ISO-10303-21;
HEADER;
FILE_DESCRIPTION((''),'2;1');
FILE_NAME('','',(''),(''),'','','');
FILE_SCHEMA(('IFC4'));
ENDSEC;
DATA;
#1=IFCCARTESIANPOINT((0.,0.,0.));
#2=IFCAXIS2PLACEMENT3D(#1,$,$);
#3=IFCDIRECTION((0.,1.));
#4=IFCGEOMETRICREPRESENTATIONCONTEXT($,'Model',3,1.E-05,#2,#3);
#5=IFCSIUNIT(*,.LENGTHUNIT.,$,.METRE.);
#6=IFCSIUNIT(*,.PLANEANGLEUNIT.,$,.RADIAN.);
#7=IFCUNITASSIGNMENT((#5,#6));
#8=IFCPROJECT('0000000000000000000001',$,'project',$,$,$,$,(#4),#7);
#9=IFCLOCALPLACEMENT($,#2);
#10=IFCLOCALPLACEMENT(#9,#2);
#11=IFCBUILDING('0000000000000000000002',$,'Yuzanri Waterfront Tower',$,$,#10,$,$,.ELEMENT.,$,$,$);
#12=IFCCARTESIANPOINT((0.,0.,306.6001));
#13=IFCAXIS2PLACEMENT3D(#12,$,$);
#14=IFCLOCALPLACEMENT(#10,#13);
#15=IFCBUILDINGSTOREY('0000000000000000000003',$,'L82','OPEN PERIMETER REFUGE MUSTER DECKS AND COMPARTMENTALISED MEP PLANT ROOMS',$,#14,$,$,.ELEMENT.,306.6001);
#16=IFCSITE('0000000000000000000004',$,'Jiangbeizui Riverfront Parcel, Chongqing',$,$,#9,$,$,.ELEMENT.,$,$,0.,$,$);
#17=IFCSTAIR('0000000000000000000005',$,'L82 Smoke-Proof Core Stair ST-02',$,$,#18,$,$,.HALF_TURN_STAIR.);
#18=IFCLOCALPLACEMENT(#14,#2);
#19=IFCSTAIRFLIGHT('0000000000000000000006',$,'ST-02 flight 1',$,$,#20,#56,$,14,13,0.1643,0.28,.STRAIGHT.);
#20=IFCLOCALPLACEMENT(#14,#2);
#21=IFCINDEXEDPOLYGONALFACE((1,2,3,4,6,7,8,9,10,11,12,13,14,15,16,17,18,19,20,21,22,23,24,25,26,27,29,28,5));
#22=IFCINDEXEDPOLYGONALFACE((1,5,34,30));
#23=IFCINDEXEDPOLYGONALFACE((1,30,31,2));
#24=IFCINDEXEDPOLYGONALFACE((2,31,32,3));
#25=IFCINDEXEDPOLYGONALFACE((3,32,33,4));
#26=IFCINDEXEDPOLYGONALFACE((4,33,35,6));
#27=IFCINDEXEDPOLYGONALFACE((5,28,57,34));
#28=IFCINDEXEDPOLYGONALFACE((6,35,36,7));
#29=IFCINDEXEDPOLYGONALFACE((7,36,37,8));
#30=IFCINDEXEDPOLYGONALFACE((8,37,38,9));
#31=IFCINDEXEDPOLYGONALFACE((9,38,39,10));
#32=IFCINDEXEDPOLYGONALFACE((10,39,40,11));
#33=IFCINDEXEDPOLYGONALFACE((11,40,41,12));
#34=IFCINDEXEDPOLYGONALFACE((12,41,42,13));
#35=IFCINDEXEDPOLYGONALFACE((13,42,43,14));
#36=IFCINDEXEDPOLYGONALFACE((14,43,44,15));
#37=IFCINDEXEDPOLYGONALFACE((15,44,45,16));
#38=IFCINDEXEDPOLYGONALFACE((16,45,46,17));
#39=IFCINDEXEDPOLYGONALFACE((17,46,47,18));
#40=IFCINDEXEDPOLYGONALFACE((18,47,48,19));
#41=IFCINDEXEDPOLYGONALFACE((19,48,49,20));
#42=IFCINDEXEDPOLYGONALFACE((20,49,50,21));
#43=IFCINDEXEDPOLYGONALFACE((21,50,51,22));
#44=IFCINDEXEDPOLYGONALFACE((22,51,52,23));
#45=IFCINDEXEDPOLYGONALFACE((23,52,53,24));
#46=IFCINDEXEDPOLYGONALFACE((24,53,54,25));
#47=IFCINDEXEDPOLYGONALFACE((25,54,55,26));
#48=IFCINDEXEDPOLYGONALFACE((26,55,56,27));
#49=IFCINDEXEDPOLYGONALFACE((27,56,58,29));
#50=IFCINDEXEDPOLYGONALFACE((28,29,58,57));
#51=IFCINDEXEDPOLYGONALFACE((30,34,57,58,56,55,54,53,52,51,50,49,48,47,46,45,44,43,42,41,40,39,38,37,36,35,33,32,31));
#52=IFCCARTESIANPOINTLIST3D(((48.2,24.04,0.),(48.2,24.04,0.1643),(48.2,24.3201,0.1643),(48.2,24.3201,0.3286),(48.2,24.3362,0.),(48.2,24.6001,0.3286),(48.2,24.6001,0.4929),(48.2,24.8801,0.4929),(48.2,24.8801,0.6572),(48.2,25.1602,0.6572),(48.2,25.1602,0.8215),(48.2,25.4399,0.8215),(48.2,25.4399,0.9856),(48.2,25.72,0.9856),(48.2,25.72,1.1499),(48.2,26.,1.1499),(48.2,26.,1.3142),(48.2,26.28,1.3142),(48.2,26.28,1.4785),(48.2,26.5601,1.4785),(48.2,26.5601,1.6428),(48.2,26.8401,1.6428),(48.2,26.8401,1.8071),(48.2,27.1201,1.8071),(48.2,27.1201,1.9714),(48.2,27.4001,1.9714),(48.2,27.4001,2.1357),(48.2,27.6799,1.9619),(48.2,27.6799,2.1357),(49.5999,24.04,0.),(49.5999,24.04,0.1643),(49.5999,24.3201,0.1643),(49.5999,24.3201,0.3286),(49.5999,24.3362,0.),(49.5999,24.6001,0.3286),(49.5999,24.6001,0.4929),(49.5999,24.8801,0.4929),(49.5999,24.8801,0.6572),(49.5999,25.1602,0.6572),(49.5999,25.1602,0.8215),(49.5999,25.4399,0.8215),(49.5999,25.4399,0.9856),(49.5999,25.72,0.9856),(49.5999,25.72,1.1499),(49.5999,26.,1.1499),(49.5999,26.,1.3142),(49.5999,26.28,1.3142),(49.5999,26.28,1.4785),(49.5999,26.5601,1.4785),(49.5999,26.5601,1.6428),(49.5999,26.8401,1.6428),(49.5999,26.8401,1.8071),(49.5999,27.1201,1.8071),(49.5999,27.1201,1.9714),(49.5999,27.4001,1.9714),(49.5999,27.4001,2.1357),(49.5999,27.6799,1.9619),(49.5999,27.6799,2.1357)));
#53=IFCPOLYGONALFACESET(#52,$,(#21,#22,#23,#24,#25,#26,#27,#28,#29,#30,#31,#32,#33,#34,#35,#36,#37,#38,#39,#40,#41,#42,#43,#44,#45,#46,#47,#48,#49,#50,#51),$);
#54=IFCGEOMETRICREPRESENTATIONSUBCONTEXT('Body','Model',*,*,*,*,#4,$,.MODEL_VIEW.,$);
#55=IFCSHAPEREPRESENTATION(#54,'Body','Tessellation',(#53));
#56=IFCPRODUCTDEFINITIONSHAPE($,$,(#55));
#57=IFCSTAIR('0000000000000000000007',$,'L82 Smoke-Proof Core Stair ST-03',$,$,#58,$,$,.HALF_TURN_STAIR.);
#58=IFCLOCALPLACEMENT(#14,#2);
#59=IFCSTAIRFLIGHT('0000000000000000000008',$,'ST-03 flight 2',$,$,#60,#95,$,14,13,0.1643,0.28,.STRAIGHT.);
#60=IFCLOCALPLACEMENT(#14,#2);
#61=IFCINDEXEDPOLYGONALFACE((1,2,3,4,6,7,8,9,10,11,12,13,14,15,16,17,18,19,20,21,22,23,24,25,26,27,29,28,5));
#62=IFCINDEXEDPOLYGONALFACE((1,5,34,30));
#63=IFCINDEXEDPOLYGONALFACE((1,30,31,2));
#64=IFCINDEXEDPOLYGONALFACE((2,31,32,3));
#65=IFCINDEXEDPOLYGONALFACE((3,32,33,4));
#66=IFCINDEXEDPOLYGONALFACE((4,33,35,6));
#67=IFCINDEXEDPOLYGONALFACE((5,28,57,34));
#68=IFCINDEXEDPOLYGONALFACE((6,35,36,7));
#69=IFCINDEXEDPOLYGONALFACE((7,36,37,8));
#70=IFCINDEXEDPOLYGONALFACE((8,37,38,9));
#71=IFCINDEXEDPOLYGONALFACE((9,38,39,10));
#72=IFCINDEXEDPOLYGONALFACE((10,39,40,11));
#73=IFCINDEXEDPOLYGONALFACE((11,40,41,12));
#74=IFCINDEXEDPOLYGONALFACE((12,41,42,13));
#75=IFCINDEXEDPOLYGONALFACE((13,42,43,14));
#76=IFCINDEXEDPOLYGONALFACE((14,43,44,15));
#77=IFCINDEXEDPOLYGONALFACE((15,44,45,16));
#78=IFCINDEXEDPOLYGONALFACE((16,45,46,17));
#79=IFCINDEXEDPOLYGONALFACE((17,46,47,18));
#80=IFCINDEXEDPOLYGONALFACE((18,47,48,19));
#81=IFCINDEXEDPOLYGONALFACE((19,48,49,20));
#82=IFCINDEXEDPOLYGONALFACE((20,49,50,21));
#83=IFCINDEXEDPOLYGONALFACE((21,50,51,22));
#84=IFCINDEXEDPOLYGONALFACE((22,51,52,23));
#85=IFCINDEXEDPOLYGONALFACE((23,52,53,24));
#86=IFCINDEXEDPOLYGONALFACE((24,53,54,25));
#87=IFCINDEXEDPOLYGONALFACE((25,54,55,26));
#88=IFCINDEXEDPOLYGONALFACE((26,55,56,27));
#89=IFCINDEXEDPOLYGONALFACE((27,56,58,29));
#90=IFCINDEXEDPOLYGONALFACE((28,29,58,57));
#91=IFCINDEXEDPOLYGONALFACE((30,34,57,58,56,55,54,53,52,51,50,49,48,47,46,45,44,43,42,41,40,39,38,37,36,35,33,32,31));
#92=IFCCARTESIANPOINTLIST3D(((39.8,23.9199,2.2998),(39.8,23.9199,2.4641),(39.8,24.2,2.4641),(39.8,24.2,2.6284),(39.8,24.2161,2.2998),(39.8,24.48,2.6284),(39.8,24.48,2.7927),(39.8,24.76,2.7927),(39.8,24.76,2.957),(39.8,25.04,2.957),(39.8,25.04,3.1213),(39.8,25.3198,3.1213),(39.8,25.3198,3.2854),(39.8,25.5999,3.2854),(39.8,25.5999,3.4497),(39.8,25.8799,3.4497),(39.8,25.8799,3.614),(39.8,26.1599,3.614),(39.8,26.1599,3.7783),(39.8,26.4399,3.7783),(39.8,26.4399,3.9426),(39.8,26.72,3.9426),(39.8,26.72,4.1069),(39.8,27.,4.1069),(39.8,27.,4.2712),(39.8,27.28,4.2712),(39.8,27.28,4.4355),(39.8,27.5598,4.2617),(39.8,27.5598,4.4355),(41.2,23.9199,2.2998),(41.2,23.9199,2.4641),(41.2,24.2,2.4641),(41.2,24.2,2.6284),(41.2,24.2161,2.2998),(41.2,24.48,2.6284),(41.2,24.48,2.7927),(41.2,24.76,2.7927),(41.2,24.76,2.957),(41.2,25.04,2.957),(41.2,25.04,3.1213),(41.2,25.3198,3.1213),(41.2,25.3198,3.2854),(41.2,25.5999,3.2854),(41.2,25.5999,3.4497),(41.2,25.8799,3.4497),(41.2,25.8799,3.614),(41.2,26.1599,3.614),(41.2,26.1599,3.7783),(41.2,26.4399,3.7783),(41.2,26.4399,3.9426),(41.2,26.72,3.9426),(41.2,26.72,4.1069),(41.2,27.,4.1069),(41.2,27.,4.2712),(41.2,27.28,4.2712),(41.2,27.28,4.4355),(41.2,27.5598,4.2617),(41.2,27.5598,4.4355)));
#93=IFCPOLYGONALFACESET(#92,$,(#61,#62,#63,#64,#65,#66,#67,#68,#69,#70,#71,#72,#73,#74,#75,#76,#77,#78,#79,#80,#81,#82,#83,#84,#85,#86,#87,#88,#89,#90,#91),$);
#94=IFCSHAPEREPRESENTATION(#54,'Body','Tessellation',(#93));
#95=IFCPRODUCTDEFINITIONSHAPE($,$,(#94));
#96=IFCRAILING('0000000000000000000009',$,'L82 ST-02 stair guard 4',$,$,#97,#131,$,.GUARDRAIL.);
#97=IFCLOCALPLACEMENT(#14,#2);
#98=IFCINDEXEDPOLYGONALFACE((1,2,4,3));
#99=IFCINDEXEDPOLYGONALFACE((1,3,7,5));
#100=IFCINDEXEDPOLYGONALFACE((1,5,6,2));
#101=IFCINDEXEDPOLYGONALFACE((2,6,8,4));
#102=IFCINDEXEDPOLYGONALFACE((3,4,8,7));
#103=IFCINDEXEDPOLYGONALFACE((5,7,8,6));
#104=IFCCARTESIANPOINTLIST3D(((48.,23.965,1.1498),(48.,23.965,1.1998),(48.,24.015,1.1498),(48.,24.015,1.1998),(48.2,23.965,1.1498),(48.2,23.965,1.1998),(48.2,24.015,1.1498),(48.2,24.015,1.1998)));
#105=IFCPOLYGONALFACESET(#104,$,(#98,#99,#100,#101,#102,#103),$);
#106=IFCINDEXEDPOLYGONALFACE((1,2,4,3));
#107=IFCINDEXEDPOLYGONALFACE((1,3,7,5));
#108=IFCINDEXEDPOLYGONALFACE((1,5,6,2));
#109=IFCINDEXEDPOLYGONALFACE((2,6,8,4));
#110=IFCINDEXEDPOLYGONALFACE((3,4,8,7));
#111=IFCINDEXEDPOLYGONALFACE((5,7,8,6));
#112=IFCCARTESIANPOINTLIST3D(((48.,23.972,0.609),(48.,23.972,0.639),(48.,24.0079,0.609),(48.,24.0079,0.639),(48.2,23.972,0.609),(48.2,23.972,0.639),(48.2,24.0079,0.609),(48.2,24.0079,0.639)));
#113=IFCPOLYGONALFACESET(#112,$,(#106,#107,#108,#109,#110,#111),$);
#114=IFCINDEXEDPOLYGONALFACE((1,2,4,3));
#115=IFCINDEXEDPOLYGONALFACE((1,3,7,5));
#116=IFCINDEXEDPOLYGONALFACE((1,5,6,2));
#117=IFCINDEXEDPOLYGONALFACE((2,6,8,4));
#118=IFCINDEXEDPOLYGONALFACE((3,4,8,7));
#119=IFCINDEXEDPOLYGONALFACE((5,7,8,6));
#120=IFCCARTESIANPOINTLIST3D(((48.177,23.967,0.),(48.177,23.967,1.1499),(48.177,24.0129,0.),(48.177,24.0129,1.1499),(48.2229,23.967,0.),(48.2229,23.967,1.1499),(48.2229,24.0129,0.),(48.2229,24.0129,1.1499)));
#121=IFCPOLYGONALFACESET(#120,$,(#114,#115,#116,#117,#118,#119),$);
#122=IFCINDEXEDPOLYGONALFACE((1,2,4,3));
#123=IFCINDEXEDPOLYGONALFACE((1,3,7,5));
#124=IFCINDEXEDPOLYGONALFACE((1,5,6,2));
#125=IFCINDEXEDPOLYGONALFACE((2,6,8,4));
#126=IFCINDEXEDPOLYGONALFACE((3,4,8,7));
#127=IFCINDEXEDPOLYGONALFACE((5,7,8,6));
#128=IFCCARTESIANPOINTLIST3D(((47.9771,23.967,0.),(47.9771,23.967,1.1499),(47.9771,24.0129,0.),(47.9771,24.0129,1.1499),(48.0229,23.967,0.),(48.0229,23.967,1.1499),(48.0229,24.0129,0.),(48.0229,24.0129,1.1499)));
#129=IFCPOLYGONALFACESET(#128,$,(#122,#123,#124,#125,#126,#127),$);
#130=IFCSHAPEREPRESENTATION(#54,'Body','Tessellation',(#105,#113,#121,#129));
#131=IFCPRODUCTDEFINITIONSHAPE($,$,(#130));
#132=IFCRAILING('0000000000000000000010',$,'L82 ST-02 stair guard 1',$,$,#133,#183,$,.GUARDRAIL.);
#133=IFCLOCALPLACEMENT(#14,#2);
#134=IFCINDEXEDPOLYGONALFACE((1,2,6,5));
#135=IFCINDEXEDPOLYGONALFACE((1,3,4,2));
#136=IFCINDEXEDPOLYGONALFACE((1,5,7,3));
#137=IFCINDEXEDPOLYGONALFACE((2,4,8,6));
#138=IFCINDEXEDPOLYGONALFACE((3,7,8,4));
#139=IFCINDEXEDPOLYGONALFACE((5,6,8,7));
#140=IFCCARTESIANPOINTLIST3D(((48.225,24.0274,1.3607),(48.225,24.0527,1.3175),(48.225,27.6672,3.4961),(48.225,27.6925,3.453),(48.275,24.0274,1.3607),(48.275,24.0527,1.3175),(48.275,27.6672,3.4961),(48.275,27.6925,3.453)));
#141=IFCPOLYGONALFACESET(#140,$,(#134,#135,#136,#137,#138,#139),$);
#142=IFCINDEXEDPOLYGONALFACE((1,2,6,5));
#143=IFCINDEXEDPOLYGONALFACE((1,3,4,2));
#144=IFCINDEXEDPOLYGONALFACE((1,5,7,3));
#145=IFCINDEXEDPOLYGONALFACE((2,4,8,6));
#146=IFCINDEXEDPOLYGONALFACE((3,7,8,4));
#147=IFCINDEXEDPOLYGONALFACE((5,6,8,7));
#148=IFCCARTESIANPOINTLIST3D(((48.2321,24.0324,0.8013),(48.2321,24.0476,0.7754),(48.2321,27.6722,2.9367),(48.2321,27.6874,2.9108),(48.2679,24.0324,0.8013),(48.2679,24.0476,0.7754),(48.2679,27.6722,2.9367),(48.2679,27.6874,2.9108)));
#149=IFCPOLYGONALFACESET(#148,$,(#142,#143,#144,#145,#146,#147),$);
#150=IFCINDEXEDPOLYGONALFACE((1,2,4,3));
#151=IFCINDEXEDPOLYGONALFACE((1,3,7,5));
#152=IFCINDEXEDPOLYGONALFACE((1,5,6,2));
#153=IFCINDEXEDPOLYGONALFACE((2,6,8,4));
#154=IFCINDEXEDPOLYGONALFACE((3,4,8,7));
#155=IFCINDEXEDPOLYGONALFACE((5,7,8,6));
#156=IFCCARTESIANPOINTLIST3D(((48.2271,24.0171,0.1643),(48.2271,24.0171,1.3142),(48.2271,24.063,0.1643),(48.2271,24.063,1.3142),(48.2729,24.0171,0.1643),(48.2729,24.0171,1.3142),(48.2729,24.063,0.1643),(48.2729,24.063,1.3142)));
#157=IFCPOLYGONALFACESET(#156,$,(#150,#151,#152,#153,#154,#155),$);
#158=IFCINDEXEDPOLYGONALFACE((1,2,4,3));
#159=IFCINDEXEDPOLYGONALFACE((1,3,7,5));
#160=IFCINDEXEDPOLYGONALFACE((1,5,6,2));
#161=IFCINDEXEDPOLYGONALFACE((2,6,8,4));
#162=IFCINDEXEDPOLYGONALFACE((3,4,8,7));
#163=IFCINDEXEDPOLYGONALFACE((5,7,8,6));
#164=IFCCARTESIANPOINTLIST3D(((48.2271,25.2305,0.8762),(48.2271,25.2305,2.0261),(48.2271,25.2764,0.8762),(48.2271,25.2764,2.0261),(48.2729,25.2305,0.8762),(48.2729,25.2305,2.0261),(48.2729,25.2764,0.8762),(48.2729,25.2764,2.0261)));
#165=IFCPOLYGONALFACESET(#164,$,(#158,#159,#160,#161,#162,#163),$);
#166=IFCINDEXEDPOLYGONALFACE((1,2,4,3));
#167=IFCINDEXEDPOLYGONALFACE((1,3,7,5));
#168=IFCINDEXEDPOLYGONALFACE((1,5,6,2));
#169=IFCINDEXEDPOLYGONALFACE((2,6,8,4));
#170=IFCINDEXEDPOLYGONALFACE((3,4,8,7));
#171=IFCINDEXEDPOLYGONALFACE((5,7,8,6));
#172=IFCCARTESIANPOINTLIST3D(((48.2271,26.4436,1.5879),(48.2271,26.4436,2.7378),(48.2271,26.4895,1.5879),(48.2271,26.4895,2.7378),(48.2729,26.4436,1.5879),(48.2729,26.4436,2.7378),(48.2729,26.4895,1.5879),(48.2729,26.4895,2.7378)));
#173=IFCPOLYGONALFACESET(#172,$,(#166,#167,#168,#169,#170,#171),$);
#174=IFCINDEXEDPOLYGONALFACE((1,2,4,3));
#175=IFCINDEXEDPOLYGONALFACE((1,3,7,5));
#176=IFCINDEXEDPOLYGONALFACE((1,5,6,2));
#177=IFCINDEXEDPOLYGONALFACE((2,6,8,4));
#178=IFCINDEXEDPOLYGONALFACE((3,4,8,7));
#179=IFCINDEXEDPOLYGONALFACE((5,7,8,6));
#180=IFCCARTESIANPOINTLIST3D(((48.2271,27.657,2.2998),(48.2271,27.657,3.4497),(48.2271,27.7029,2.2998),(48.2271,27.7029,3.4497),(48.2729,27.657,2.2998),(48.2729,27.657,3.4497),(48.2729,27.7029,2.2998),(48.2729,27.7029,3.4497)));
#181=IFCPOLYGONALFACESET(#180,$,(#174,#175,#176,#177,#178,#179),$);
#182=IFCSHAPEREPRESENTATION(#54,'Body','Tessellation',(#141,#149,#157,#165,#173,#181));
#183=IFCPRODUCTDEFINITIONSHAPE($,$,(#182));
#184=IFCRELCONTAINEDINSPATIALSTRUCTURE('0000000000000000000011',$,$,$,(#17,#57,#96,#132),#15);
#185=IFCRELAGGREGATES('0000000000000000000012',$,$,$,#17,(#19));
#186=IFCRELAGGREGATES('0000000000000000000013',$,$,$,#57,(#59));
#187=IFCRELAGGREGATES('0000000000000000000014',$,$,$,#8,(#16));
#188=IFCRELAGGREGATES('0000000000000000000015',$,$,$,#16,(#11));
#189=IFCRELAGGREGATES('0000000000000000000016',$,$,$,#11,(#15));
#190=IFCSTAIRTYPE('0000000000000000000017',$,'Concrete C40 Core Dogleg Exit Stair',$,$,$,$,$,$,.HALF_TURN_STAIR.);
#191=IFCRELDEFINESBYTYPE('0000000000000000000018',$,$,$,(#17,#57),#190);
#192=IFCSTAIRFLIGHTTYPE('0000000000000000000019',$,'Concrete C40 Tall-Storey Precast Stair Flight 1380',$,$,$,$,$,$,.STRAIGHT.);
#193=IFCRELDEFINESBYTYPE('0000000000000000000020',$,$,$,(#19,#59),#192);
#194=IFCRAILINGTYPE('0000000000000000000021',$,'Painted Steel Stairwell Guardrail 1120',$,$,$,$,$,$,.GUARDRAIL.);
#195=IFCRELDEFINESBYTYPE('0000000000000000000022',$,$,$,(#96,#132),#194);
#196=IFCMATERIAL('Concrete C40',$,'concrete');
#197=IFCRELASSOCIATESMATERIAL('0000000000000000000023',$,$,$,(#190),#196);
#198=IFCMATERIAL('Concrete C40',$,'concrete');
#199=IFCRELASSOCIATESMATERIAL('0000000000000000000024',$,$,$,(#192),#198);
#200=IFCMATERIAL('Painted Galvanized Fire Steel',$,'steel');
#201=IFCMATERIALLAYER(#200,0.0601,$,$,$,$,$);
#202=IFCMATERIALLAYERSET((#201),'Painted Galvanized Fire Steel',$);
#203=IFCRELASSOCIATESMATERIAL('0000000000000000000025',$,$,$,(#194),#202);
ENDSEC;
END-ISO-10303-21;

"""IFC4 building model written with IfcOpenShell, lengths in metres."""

from ifc_helpers import new_model, si_unit, direction, frame, origin, origin_2d, place, context, subcontext, project, spatial, polyline, rectangle, outline, extrude, source, transform, mapped, material, layer, layer_set, type_object, element, aggregate, save


model = new_model("IFC4")

# Units and contexts
model_context = context("Model", 3, precision=1e-05, world=origin(), true_north=direction((0.0, 1.0)))
body_context = subcontext(model_context, "Body", "Model", "MODEL_VIEW")
ifc_project = project(units=[si_unit("LENGTHUNIT", "METRE"), si_unit("PLANEANGLEUNIT", "RADIAN")], contexts=[model_context])

# Site, building, storey
site_placement = place(None, origin())
site = spatial("IfcSite", under=ifc_project, at=site_placement, Name="Jiangbeizui Riverfront Parcel, Chongqing", CompositionType="ELEMENT", RefElevation=0.0)
building_placement = place(site_placement, origin())
building = spatial("IfcBuilding", under=site, at=building_placement, Name="Yuzanri Waterfront Tower", CompositionType="ELEMENT")
storey_placement = place(building_placement, frame((0.0, 0.0, 306.6001)))
storey = spatial("IfcBuildingStorey", under=building, at=storey_placement, Name="L82", Description="OPEN PERIMETER REFUGE MUSTER DECKS AND COMPARTMENTALISED MEP PLANT ROOMS", CompositionType="ELEMENT", Elevation=306.6001)

# Stairs, stair flights
ifc_material_1 = material(Name="Concrete C40", Category="concrete")
stair_type = type_object("IfcStairType", Name="Concrete C40 Core Dogleg Exit Stair", PredefinedType="HALF_TURN_STAIR", material=ifc_material_1)
stair_1_placement = place(storey_placement, origin())
stair_1 = element("IfcStair", 1, at=stair_1_placement, inside=storey, type_object=stair_type, Name="L82 Smoke-Proof Core Stair ST-02", PredefinedType="HALF_TURN_STAIR")
ifc_material_2 = material(Name="Concrete C40", Category="concrete")
stair_flight_type = type_object("IfcStairFlightType", Name="Concrete C40 Tall-Storey Precast Stair Flight 1380", PredefinedType="STRAIGHT", material=ifc_material_2)
shared_shape_1 = source(origin(), body_context, "Body", "SweptSolid", [
    extrude(outline(polyline([(0.0, 0.0), (0.0, 0.1643), (0.28, 0.1643), (0.28, 0.3286), (0.5601, 0.3286), (0.5601, 0.4929), (0.8401, 0.4929), (0.8401, 0.6572), (1.1201, 0.6572), (1.1201, 0.8215), (1.3999, 0.8215), (1.3999, 0.9856), (1.6799, 0.9856), (1.6799, 1.1499), (1.96, 1.1499), (1.96, 1.3142), (2.24, 1.3142), (2.24, 1.4785), (2.52, 1.4785), (2.52, 1.6428), (2.8, 1.6428), (2.8, 1.8071), (3.0801, 1.8071), (3.0801, 1.9714), (3.3601, 1.9714), (3.3601, 2.1357), (3.6399, 2.1357), (3.6399, 2.3), (3.6399, 1.9619), (0.2961, 0.0), (0.0, 0.0)])), frame((0.0, 0.7, 0.0), z_axis=(0.0, -1.0, 0.0), x_axis=(1.0, 0.0, 0.0)), (0.0, 0.0, 1.0), 1.3999),
])
stair_flight_1_placement = place(storey_placement, frame((48.8999, 24.04, 0.0), z_axis=(0.0, 0.0, 1.0), x_axis=(0.0, 1.0, 0.0)))
stair_flight_1 = element("IfcStairFlight", 2, at=stair_flight_1_placement, type_object=stair_flight_type, Name="ST-02 flight 1", NumberOfRisers=14, NumberOfTreads=13, PredefinedType="STRAIGHT", RiserHeight=0.1643, TreadLength=0.28, context=body_context, shape_type="MappedRepresentation", body=[
    mapped(shared_shape_1, transform((0.0, 0.0, 0.0), scale=1.0)),
])
aggregate(stair_1, [stair_flight_1])
stair_2_placement = place(storey_placement, origin())
stair_2 = element("IfcStair", 3, at=stair_2_placement, inside=storey, type_object=stair_type, Name="L82 Smoke-Proof Core Stair ST-03", PredefinedType="HALF_TURN_STAIR")
stair_flight_2_placement = place(storey_placement, frame((40.5, 23.9199, 2.2998), z_axis=(0.0, 0.0, 1.0), x_axis=(0.0, 1.0, 0.0)))
stair_flight_2 = element("IfcStairFlight", 4, at=stair_flight_2_placement, type_object=stair_flight_type, Name="ST-03 flight 2", NumberOfRisers=14, NumberOfTreads=13, PredefinedType="STRAIGHT", RiserHeight=0.1643, TreadLength=0.28, context=body_context, shape_type="MappedRepresentation", body=[
    mapped(shared_shape_1, transform((0.0, 0.0, 0.0), scale=1.0)),
])
aggregate(stair_2, [stair_flight_2])

# Railings
ifc_material_3 = material(Name="Painted Galvanized Fire Steel", Category="steel")
ifc_layer_1 = layer(ifc_material_3, 0.0601)
ifc_layer_set_1 = layer_set([ifc_layer_1], Name="Painted Galvanized Fire Steel")
railing_type_1 = type_object("IfcRailingType", Name="Painted Steel Stairwell Guardrail 1120", PredefinedType="GUARDRAIL", material=ifc_layer_set_1)
shared_shape_2 = source(origin(), body_context, "Body", "SweptSolid", [
    extrude(rectangle(XDim=0.05, YDim=0.05, at=origin_2d()), frame((0.0, 0.0, 1.1748), z_axis=(-1.0, 0.0, 0.0), x_axis=(0.0, -1.0, 0.0)), (0.0, 0.0, 1.0), 0.2),
    extrude(rectangle(XDim=0.0359, YDim=0.03, at=origin_2d()), frame((0.0, 0.0, 0.624), z_axis=(-1.0, 0.0, 0.0), x_axis=(0.0, -1.0, 0.0)), (0.0, 0.0, 1.0), 0.2),
    extrude(rectangle(XDim=0.0459, YDim=0.0459, at=origin_2d()), origin(), (0.0, 0.0, 1.0), 1.1499),
    extrude(rectangle(XDim=0.0459, YDim=0.0459, at=origin_2d()), frame((-0.2, 0.0, 0.0)), (0.0, 0.0, 1.0), 1.1499),
])
railing_1_placement = place(storey_placement, frame((48.2, 23.99, 0.0)))
element("IfcRailing", 5, at=railing_1_placement, inside=storey, type_object=railing_type_1, Name="L82 ST-02 stair guard 4", PredefinedType="GUARDRAIL", context=body_context, shape_type="MappedRepresentation", body=[
    mapped(shared_shape_2, transform((0.0, 0.0, 0.0), scale=1.0)),
])
shared_shape_3 = source(origin(), body_context, "Body", "SweptSolid", [
    extrude(rectangle(XDim=0.05, YDim=0.05, at=origin_2d()), frame((0.0, 0.0, 1.1748), z_axis=(0.0, 0.862515, 0.506031), x_axis=(-1.0, 0.0, 0.0)), (0.0, 0.0, 1.0), 4.22),
    extrude(rectangle(XDim=0.0359, YDim=0.03, at=origin_2d()), frame((0.0, 0.0, 0.624), z_axis=(0.0, 0.862515, 0.506031), x_axis=(-1.0, 0.0, 0.0)), (0.0, 0.0, 1.0), 4.22),
    extrude(rectangle(XDim=0.0459, YDim=0.0459, at=origin_2d()), origin(), (0.0, 0.0, 1.0), 1.1499),
    extrude(rectangle(XDim=0.0459, YDim=0.0459, at=origin_2d()), frame((0.0, 1.2134, 0.7119)), (0.0, 0.0, 1.0), 1.1499),
    extrude(rectangle(XDim=0.0459, YDim=0.0459, at=origin_2d()), frame((0.0, 2.4265, 1.4236)), (0.0, 0.0, 1.0), 1.1499),
    extrude(rectangle(XDim=0.0459, YDim=0.0459, at=origin_2d()), frame((0.0, 3.6399, 2.1355)), (0.0, 0.0, 1.0), 1.1499),
])
railing_2_placement = place(storey_placement, frame((48.25, 24.04, 0.1643)))
element("IfcRailing", 6, at=railing_2_placement, inside=storey, type_object=railing_type_1, Name="L82 ST-02 stair guard 1", PredefinedType="GUARDRAIL", context=body_context, shape_type="MappedRepresentation", body=[
    mapped(shared_shape_3, transform((0.0, 0.0, 0.0), scale=1.0)),
])

save(model, "model.ifc")
